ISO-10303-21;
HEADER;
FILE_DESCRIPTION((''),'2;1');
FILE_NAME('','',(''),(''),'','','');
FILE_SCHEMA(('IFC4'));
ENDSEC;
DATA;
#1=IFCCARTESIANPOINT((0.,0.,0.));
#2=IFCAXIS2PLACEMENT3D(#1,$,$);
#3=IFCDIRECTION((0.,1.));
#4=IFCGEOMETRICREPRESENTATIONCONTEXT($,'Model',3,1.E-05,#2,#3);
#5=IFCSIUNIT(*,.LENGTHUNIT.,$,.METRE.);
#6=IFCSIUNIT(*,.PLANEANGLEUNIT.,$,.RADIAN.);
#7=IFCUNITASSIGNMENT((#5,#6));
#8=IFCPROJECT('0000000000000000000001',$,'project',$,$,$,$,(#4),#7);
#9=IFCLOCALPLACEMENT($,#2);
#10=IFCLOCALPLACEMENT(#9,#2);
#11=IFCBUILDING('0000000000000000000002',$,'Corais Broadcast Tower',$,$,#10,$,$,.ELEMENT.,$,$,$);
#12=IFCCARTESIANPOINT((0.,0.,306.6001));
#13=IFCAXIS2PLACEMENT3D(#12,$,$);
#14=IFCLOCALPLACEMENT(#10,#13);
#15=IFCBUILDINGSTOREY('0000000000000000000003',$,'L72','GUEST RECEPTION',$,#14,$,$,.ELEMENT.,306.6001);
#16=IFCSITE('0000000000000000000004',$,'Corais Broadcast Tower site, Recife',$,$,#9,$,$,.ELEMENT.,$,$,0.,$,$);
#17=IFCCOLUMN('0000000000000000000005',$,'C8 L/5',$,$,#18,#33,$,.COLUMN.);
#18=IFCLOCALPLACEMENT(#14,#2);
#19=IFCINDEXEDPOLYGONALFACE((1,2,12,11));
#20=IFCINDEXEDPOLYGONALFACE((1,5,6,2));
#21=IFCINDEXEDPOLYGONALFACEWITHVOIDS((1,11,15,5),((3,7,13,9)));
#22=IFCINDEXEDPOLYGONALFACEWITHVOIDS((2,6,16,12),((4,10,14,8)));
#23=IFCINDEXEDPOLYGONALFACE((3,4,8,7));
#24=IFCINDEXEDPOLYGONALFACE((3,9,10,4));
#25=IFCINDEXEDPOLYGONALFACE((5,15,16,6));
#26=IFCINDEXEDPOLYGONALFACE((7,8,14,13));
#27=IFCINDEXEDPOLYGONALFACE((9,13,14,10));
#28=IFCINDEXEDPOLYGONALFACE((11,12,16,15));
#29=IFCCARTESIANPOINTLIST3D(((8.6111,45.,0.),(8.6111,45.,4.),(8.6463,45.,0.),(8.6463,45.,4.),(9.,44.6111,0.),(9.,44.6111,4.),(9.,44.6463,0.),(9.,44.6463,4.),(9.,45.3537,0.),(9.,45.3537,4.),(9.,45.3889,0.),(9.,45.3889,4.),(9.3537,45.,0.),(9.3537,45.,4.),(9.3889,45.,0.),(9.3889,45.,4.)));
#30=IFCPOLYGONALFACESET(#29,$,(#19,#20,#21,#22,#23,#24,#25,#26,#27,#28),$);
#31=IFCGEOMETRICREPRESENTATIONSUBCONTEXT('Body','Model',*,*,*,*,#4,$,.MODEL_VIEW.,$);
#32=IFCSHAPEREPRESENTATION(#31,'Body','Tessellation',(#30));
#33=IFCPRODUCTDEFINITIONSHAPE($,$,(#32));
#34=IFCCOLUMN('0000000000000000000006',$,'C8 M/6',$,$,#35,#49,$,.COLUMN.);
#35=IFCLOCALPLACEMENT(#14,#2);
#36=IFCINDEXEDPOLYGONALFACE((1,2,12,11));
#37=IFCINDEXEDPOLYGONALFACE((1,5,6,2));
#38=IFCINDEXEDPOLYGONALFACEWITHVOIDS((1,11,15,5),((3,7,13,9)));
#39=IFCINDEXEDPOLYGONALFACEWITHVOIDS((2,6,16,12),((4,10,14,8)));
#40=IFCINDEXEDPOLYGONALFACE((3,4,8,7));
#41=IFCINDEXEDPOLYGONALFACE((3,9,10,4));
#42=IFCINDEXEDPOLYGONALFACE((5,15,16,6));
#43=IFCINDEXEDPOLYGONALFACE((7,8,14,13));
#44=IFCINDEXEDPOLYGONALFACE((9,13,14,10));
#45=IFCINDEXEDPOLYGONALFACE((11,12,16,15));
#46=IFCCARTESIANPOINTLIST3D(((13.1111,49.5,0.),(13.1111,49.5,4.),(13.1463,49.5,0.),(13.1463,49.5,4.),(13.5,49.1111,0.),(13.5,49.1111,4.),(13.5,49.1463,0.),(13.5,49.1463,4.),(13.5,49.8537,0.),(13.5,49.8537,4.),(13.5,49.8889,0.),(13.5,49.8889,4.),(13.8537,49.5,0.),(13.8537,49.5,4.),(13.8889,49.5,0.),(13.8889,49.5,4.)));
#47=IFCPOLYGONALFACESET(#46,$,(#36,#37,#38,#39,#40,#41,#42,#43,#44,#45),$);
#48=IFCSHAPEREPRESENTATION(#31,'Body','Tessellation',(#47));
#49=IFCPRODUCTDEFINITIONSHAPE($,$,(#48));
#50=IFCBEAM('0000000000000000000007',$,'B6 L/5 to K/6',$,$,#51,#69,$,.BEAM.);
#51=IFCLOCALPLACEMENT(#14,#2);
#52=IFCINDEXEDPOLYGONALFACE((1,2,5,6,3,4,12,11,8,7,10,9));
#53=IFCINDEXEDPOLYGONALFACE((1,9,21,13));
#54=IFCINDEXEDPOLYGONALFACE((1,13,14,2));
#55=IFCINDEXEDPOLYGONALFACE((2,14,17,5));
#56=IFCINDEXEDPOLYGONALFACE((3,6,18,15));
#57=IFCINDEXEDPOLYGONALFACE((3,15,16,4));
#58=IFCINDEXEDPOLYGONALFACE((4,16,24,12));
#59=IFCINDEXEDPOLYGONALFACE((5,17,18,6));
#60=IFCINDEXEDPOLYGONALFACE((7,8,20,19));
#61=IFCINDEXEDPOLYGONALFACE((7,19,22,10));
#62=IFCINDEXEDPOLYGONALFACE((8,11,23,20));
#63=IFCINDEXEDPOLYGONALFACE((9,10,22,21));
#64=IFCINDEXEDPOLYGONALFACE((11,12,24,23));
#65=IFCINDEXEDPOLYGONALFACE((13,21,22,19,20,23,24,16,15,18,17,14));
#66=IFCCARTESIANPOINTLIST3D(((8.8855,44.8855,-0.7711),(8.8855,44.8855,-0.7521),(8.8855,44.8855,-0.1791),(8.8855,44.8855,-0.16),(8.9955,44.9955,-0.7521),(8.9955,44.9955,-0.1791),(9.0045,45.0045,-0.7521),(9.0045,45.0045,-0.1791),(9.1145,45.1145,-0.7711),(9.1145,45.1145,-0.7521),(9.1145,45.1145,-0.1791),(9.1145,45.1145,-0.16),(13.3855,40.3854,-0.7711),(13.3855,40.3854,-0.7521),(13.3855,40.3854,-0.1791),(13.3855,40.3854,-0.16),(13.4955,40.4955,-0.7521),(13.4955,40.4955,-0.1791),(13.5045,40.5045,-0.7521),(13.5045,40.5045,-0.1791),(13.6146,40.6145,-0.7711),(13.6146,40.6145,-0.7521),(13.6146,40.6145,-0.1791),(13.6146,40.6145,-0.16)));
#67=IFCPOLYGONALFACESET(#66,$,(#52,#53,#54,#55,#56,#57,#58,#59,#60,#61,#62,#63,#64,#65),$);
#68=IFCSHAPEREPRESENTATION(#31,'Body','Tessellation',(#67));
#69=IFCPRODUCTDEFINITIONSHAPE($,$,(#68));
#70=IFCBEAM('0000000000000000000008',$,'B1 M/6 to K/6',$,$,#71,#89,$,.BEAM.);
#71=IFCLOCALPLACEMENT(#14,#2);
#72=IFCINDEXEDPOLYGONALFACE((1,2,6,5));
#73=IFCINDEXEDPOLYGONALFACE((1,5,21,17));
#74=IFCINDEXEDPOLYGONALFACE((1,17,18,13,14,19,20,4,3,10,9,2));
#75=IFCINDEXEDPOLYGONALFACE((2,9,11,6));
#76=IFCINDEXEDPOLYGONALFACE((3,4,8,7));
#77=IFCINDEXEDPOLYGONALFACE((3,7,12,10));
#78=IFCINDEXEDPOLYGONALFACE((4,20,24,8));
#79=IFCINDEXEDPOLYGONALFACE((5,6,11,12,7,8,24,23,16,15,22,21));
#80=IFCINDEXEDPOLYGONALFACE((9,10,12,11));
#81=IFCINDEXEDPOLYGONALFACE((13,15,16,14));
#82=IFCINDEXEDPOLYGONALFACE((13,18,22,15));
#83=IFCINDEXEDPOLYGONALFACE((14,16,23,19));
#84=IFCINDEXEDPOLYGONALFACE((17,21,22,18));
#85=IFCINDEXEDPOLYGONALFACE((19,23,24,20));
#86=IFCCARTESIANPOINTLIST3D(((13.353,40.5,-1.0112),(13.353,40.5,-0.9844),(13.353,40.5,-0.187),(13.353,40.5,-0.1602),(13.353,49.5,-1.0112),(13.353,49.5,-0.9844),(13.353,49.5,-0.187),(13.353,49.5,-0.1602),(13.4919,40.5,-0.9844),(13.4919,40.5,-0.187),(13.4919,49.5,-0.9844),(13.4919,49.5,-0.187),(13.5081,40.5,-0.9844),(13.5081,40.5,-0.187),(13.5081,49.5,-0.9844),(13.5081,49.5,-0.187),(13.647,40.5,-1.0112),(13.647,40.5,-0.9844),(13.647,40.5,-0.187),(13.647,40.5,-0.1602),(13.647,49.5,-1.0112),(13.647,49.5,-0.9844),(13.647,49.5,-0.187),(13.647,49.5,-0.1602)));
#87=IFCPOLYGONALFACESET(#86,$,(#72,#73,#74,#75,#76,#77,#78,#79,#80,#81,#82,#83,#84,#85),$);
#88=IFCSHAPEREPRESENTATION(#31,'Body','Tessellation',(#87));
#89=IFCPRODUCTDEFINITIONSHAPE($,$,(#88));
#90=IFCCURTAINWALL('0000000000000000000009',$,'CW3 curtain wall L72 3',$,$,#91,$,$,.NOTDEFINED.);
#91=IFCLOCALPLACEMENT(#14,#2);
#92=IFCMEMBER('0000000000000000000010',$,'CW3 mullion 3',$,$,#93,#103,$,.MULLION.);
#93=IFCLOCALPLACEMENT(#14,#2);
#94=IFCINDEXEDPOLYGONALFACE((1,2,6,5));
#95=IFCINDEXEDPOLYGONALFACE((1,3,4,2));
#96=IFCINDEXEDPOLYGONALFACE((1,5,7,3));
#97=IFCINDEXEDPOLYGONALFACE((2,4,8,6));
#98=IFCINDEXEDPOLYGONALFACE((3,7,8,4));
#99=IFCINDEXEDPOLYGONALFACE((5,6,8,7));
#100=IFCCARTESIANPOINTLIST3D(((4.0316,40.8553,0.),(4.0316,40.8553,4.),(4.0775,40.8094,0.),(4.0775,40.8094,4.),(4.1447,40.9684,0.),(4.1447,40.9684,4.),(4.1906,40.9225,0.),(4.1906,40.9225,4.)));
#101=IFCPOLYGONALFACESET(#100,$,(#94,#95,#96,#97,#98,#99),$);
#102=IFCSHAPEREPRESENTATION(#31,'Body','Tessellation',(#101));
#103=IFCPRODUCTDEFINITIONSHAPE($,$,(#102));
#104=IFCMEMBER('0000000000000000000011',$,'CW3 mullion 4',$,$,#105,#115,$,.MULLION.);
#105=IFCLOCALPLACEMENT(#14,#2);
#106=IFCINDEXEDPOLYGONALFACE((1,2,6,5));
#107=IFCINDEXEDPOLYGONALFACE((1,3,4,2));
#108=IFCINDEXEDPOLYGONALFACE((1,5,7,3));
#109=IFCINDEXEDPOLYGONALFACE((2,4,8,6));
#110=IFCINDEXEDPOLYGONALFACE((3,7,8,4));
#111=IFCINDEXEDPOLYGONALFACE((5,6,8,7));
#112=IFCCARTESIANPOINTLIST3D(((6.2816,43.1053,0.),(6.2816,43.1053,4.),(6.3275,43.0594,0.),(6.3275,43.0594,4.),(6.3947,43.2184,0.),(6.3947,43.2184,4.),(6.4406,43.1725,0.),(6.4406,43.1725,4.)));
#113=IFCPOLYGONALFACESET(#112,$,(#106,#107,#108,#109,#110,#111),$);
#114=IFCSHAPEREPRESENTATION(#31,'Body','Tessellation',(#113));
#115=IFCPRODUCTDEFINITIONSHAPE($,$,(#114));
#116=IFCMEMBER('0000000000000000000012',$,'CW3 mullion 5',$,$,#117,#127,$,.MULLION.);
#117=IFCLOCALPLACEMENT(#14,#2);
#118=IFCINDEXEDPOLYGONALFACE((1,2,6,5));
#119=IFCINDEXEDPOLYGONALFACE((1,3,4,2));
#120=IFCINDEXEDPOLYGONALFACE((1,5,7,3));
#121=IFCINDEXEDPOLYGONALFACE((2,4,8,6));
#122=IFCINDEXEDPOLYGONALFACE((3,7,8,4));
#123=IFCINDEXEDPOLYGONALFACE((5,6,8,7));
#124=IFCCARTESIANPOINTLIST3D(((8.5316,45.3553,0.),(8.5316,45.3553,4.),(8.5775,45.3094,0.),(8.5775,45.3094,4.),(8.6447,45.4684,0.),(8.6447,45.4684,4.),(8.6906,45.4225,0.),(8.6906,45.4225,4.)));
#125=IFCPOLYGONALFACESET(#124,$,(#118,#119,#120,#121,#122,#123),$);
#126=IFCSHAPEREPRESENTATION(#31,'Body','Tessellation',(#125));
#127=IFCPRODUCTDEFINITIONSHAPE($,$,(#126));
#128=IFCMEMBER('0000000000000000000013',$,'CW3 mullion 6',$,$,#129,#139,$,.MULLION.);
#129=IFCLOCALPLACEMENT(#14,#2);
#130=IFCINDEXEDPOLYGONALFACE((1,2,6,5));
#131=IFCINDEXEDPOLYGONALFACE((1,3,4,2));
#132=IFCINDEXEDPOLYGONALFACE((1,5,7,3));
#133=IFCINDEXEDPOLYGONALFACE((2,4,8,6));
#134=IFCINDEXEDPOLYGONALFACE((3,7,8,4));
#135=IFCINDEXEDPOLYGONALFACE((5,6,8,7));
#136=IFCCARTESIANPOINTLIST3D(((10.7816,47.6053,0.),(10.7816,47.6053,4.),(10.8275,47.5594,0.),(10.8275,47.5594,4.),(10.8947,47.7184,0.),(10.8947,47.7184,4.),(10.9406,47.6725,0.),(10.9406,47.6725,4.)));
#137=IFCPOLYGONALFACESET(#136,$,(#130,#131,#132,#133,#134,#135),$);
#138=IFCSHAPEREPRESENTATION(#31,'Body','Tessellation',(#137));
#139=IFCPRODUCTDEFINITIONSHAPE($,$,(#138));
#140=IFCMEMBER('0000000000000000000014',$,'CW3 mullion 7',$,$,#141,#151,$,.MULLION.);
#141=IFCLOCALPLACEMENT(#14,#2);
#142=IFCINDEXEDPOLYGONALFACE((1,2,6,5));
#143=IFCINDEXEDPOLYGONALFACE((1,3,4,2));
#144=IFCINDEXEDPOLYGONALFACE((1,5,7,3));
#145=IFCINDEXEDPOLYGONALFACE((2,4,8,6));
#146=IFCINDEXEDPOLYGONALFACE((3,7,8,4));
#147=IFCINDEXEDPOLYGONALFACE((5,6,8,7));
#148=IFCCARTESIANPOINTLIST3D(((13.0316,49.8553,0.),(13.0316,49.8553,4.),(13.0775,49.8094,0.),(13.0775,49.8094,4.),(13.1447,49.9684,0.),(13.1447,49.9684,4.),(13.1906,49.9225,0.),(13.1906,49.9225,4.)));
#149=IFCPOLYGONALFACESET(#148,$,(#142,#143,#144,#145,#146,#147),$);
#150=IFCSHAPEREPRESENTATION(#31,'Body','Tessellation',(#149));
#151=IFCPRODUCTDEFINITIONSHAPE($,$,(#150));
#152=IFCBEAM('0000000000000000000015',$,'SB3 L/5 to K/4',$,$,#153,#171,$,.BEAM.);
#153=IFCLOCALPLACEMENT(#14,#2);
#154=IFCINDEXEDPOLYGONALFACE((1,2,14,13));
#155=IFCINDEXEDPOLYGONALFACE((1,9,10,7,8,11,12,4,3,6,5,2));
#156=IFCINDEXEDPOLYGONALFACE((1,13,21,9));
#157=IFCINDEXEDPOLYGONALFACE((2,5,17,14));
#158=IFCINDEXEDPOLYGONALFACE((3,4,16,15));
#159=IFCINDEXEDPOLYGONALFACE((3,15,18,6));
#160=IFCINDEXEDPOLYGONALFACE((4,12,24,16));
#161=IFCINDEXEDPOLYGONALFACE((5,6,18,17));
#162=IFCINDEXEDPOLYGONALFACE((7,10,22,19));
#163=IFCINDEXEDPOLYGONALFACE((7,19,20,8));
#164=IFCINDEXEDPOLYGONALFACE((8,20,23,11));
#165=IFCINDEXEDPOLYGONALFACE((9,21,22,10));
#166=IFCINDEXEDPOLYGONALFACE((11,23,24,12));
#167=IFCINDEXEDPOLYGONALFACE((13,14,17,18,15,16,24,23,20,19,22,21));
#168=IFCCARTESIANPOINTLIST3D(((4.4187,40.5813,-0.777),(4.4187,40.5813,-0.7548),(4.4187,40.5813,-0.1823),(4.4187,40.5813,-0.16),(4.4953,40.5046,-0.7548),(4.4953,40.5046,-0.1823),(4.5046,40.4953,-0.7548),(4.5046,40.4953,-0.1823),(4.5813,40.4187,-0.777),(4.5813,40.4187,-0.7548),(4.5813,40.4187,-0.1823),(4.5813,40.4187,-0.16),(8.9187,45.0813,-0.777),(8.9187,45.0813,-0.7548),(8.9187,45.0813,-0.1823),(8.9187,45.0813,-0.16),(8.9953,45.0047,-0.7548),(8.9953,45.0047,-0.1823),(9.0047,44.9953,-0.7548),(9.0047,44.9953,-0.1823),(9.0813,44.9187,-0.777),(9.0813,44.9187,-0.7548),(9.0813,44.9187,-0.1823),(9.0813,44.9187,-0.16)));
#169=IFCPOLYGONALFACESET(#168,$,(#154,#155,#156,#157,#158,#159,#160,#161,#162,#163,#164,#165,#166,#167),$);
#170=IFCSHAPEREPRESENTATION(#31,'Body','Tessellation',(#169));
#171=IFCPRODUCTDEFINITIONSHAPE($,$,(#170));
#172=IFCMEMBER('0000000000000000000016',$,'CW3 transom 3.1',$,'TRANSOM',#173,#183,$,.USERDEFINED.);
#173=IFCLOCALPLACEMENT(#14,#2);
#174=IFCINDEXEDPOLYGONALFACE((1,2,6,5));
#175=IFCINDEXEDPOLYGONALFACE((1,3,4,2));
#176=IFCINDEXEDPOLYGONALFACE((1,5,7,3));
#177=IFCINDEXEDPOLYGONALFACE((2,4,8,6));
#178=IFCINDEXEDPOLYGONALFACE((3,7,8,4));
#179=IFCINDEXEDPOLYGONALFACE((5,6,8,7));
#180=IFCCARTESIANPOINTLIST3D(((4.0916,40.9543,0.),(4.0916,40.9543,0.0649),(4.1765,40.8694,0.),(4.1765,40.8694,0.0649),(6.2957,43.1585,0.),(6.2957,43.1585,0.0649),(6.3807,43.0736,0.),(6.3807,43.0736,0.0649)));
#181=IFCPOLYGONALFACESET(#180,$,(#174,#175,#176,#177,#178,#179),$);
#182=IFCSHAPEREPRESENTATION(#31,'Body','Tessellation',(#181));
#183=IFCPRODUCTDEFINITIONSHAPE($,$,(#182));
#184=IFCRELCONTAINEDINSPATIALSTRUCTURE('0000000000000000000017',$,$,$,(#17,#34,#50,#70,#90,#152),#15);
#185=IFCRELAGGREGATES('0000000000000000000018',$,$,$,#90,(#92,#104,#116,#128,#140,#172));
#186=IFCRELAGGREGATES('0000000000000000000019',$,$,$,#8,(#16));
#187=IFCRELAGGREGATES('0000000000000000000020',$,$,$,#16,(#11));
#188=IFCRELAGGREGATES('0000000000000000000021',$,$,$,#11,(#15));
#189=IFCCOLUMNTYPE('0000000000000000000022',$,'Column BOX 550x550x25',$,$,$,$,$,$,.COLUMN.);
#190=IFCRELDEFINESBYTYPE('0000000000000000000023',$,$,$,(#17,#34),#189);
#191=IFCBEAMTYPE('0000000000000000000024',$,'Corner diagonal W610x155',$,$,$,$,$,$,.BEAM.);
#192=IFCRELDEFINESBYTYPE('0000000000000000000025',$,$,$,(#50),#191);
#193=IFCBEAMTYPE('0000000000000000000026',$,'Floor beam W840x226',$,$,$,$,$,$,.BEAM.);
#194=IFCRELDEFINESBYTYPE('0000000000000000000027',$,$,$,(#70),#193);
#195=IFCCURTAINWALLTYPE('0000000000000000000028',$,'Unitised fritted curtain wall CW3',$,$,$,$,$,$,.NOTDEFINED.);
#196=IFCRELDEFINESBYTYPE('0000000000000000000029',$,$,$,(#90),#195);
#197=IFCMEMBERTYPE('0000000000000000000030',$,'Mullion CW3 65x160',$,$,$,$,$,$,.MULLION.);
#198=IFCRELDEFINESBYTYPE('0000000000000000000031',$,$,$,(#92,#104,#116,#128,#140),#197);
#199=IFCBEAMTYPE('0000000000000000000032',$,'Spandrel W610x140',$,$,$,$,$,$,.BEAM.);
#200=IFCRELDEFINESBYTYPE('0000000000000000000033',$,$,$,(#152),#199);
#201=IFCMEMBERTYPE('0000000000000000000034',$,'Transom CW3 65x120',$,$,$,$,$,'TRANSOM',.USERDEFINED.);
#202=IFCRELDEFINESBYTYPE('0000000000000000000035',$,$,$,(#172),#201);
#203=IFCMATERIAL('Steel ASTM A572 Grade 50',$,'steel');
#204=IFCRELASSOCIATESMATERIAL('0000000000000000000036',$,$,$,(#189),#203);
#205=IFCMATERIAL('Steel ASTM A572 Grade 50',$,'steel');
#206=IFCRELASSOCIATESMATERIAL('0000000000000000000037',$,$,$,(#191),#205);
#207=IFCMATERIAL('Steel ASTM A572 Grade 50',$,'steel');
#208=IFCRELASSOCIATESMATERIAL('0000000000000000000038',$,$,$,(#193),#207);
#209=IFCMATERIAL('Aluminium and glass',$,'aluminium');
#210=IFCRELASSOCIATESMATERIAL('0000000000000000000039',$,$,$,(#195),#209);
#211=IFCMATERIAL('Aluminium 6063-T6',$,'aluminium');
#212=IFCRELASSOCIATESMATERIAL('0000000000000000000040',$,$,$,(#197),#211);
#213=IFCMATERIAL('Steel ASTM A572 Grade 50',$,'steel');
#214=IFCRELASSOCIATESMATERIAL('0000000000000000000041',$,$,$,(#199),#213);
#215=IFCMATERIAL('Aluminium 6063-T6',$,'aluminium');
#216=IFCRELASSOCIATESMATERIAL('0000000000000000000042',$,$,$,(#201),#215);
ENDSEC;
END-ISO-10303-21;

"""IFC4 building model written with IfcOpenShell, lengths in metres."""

from ifc_helpers import new_model, si_unit, direction, frame, origin, origin_2d, place, context, subcontext, project, spatial, rectangle, hollow_rectangle, i_section, extrude, material, material_profile, profile_set, type_object, element, aggregate, save


model = new_model("IFC4")

# Units and contexts
model_context = context("Model", 3, precision=1e-05, world=origin(), true_north=direction((0.0, 1.0)))
body_context = subcontext(model_context, "Body", "Model", "MODEL_VIEW")
ifc_project = project(units=[si_unit("LENGTHUNIT", "METRE"), si_unit("PLANEANGLEUNIT", "RADIAN")], contexts=[model_context])

# Site, building, storey
site_placement = place(None, origin())
site = spatial("IfcSite", under=ifc_project, at=site_placement, Name="Corais Broadcast Tower site, Recife", CompositionType="ELEMENT", RefElevation=0.0)
building_placement = place(site_placement, origin())
building = spatial("IfcBuilding", under=site, at=building_placement, Name="Corais Broadcast Tower", CompositionType="ELEMENT")
storey_placement = place(building_placement, frame((0.0, 0.0, 306.6001)))
storey = spatial("IfcBuildingStorey", under=building, at=storey_placement, Name="L72", Description="GUEST RECEPTION", CompositionType="ELEMENT", Elevation=306.6001)

# Columns
ifc_material_1 = material(Name="Steel ASTM A572 Grade 50", Category="steel")
ifc_material_profile_1 = material_profile(ifc_material_1, hollow_rectangle(XDim=0.55, YDim=0.55, WallThickness=0.0249, at=origin_2d()), Name="BOX 550x550x25")
ifc_profile_set_1 = profile_set([ifc_material_profile_1], Name="Steel ASTM A572 Grade 50")
column_type = type_object("IfcColumnType", Name="Column BOX 550x550x25", PredefinedType="COLUMN", material=ifc_profile_set_1)
for number, where, z_axis, x_axis, name in (
    (1, (9.0, 45.0, 0.0), (0.0, 0.0, 1.0), (0.707107, 0.707107, 0.0), "C8 L/5"),
    (2, (13.5, 49.5, 0.0), (0.0, 0.0, 1.0), (0.707107, 0.707107, 0.0), "C8 M/6"),
):
    element("IfcColumn", number, at=place(storey_placement, frame(where, z_axis=z_axis, x_axis=x_axis)), inside=storey, type_object=column_type, Name=name, PredefinedType="COLUMN", context=body_context, shape_type="SweptSolid", body=[
        extrude(hollow_rectangle(XDim=0.55, YDim=0.55, WallThickness=0.0249, at=origin_2d()), origin(), (0.0, 0.0, 1.0), 4.0),
    ])

# Beams
ifc_material_2 = material(Name="Steel ASTM A572 Grade 50", Category="steel")
ifc_material_profile_2 = material_profile(ifc_material_2, i_section(OverallWidth=0.324, OverallDepth=0.6111, WebThickness=0.0127, FlangeThickness=0.019, at=origin_2d()), Name="W610x155")
ifc_profile_set_2 = profile_set([ifc_material_profile_2], Name="Steel ASTM A572 Grade 50")
beam_type_1 = type_object("IfcBeamType", Name="Corner diagonal W610x155", PredefinedType="BEAM", material=ifc_profile_set_2)
beam_1_placement = place(storey_placement, frame((9.0, 45.0, -0.4656), z_axis=(0.707107, -0.707107, 0.0), x_axis=(0.707107, 0.707107, 0.0)))
element("IfcBeam", 3, at=beam_1_placement, inside=storey, type_object=beam_type_1, Name="B6 L/5 to K/6", PredefinedType="BEAM", context=body_context, shape_type="SweptSolid", body=[
    extrude(i_section(OverallWidth=0.324, OverallDepth=0.6111, WebThickness=0.0127, FlangeThickness=0.019, at=origin_2d()), origin(), (0.0, 0.0, 1.0), 6.364),
])
ifc_material_3 = material(Name="Steel ASTM A572 Grade 50", Category="steel")
ifc_material_profile_3 = material_profile(ifc_material_3, i_section(OverallWidth=0.2939, OverallDepth=0.8511, WebThickness=0.0161, FlangeThickness=0.0269, at=origin_2d()), Name="W840x226")
ifc_profile_set_3 = profile_set([ifc_material_profile_3], Name="Steel ASTM A572 Grade 50")
beam_type_2 = type_object("IfcBeamType", Name="Floor beam W840x226", PredefinedType="BEAM", material=ifc_profile_set_3)
beam_2_placement = place(storey_placement, frame((13.5, 49.5, -0.5857), z_axis=(0.0, -1.0, 0.0), x_axis=(1.0, 0.0, 0.0)))
element("IfcBeam", 4, at=beam_2_placement, inside=storey, type_object=beam_type_2, Name="B1 M/6 to K/6", PredefinedType="BEAM", context=body_context, shape_type="SweptSolid", body=[
    extrude(i_section(OverallWidth=0.2939, OverallDepth=0.8511, WebThickness=0.0161, FlangeThickness=0.0269, at=origin_2d()), origin(), (0.0, 0.0, 1.0), 9.0),
])

# Curtain wall, members
ifc_material_4 = material(Name="Aluminium and glass", Category="aluminium")
curtain_wall_type = type_object("IfcCurtainWallType", Name="Unitised fritted curtain wall CW3", PredefinedType="NOTDEFINED", material=ifc_material_4)
curtain_wall_placement = place(storey_placement, origin())
curtain_wall = element("IfcCurtainWall", 5, at=curtain_wall_placement, inside=storey, type_object=curtain_wall_type, Name="CW3 curtain wall L72 3", PredefinedType="NOTDEFINED")
ifc_material_5 = material(Name="Aluminium 6063-T6", Category="aluminium")
ifc_material_profile_4 = material_profile(ifc_material_5, rectangle(XDim=0.0649, YDim=0.1599, at=origin_2d()), Name="Mullion CW3 65x160")
ifc_profile_set_4 = profile_set([ifc_material_profile_4], Name="Aluminium 6063-T6")
member_type_1 = type_object("IfcMemberType", Name="Mullion CW3 65x160", PredefinedType="MULLION", material=ifc_profile_set_4)
member_1_placement = place(storey_placement, frame((4.1111, 40.8889, 0.0), z_axis=(0.0, 0.0, 1.0), x_axis=(-0.707107, 0.707107, 0.0)))
member_1 = element("IfcMember", 6, at=member_1_placement, type_object=member_type_1, Name="CW3 mullion 3", PredefinedType="MULLION", context=body_context, shape_type="SweptSolid", body=[
    extrude(rectangle(XDim=0.0649, YDim=0.1599, at=origin_2d()), origin(), (0.0, 0.0, 1.0), 4.0),
])
member_2_placement = place(storey_placement, frame((6.3611, 43.1389, 0.0), z_axis=(0.0, 0.0, 1.0), x_axis=(-0.707107, 0.707107, 0.0)))
member_2 = element("IfcMember", 7, at=member_2_placement, type_object=member_type_1, Name="CW3 mullion 4", PredefinedType="MULLION", context=body_context, shape_type="SweptSolid", body=[
    extrude(rectangle(XDim=0.0649, YDim=0.1599, at=origin_2d()), origin(), (0.0, 0.0, 1.0), 4.0),
])
member_3_placement = place(storey_placement, frame((8.6111, 45.3889, 0.0), z_axis=(0.0, 0.0, 1.0), x_axis=(-0.707107, 0.707107, 0.0)))
member_3 = element("IfcMember", 8, at=member_3_placement, type_object=member_type_1, Name="CW3 mullion 5", PredefinedType="MULLION", context=body_context, shape_type="SweptSolid", body=[
    extrude(rectangle(XDim=0.0649, YDim=0.1599, at=origin_2d()), origin(), (0.0, 0.0, 1.0), 4.0),
])
member_4_placement = place(storey_placement, frame((10.8611, 47.6389, 0.0), z_axis=(0.0, 0.0, 1.0), x_axis=(-0.707107, 0.707107, 0.0)))
member_4 = element("IfcMember", 9, at=member_4_placement, type_object=member_type_1, Name="CW3 mullion 6", PredefinedType="MULLION", context=body_context, shape_type="SweptSolid", body=[
    extrude(rectangle(XDim=0.0649, YDim=0.1599, at=origin_2d()), origin(), (0.0, 0.0, 1.0), 4.0),
])
member_5_placement = place(storey_placement, frame((13.1111, 49.8889, 0.0), z_axis=(0.0, 0.0, 1.0), x_axis=(-0.707107, 0.707107, 0.0)))
member_5 = element("IfcMember", 10, at=member_5_placement, type_object=member_type_1, Name="CW3 mullion 7", PredefinedType="MULLION", context=body_context, shape_type="SweptSolid", body=[
    extrude(rectangle(XDim=0.0649, YDim=0.1599, at=origin_2d()), origin(), (0.0, 0.0, 1.0), 4.0),
])

# Beam
ifc_material_6 = material(Name="Steel ASTM A572 Grade 50", Category="steel")
ifc_material_profile_5 = material_profile(ifc_material_6, i_section(OverallWidth=0.23, OverallDepth=0.6169, WebThickness=0.0132, FlangeThickness=0.0222, at=origin_2d()), Name="W610x140")
ifc_profile_set_5 = profile_set([ifc_material_profile_5], Name="Steel ASTM A572 Grade 50")
beam_type_3 = type_object("IfcBeamType", Name="Spandrel W610x140", PredefinedType="BEAM", material=ifc_profile_set_5)
beam_3_placement = place(storey_placement, frame((9.0, 45.0, -0.4685), z_axis=(-0.707107, -0.707107, 0.0), x_axis=(0.707107, -0.707107, 0.0)))
element("IfcBeam", 11, at=beam_3_placement, inside=storey, type_object=beam_type_3, Name="SB3 L/5 to K/4", PredefinedType="BEAM", context=body_context, shape_type="SweptSolid", body=[
    extrude(i_section(OverallWidth=0.23, OverallDepth=0.6169, WebThickness=0.0132, FlangeThickness=0.0222, at=origin_2d()), origin(), (0.0, 0.0, 1.0), 6.364),
])

# Member
ifc_material_7 = material(Name="Aluminium 6063-T6", Category="aluminium")
ifc_material_profile_6 = material_profile(ifc_material_7, rectangle(XDim=0.1201, YDim=0.0649, at=origin_2d()), Name="Transom CW3 65x120")
ifc_profile_set_6 = profile_set([ifc_material_profile_6], Name="Aluminium 6063-T6")
member_type_2 = type_object("IfcMemberType", Name="Transom CW3 65x120", ElementType="TRANSOM", PredefinedType="USERDEFINED", material=ifc_profile_set_6)
member_6_placement = place(storey_placement, frame((4.134, 40.9119, 0.0325), z_axis=(0.707107, 0.707107, 0.0), x_axis=(-0.707107, 0.707107, 0.0)))
member_6 = element("IfcMember", 12, at=member_6_placement, type_object=member_type_2, Name="CW3 transom 3.1", ObjectType="TRANSOM", PredefinedType="USERDEFINED", context=body_context, shape_type="SweptSolid", body=[
    extrude(rectangle(XDim=0.1201, YDim=0.0649, at=origin_2d()), origin(), (0.0, 0.0, 1.0), 3.1172),
])

aggregate(curtain_wall, [member_1, member_2, member_3, member_4, member_5, member_6])

save(model, "model.ifc")
